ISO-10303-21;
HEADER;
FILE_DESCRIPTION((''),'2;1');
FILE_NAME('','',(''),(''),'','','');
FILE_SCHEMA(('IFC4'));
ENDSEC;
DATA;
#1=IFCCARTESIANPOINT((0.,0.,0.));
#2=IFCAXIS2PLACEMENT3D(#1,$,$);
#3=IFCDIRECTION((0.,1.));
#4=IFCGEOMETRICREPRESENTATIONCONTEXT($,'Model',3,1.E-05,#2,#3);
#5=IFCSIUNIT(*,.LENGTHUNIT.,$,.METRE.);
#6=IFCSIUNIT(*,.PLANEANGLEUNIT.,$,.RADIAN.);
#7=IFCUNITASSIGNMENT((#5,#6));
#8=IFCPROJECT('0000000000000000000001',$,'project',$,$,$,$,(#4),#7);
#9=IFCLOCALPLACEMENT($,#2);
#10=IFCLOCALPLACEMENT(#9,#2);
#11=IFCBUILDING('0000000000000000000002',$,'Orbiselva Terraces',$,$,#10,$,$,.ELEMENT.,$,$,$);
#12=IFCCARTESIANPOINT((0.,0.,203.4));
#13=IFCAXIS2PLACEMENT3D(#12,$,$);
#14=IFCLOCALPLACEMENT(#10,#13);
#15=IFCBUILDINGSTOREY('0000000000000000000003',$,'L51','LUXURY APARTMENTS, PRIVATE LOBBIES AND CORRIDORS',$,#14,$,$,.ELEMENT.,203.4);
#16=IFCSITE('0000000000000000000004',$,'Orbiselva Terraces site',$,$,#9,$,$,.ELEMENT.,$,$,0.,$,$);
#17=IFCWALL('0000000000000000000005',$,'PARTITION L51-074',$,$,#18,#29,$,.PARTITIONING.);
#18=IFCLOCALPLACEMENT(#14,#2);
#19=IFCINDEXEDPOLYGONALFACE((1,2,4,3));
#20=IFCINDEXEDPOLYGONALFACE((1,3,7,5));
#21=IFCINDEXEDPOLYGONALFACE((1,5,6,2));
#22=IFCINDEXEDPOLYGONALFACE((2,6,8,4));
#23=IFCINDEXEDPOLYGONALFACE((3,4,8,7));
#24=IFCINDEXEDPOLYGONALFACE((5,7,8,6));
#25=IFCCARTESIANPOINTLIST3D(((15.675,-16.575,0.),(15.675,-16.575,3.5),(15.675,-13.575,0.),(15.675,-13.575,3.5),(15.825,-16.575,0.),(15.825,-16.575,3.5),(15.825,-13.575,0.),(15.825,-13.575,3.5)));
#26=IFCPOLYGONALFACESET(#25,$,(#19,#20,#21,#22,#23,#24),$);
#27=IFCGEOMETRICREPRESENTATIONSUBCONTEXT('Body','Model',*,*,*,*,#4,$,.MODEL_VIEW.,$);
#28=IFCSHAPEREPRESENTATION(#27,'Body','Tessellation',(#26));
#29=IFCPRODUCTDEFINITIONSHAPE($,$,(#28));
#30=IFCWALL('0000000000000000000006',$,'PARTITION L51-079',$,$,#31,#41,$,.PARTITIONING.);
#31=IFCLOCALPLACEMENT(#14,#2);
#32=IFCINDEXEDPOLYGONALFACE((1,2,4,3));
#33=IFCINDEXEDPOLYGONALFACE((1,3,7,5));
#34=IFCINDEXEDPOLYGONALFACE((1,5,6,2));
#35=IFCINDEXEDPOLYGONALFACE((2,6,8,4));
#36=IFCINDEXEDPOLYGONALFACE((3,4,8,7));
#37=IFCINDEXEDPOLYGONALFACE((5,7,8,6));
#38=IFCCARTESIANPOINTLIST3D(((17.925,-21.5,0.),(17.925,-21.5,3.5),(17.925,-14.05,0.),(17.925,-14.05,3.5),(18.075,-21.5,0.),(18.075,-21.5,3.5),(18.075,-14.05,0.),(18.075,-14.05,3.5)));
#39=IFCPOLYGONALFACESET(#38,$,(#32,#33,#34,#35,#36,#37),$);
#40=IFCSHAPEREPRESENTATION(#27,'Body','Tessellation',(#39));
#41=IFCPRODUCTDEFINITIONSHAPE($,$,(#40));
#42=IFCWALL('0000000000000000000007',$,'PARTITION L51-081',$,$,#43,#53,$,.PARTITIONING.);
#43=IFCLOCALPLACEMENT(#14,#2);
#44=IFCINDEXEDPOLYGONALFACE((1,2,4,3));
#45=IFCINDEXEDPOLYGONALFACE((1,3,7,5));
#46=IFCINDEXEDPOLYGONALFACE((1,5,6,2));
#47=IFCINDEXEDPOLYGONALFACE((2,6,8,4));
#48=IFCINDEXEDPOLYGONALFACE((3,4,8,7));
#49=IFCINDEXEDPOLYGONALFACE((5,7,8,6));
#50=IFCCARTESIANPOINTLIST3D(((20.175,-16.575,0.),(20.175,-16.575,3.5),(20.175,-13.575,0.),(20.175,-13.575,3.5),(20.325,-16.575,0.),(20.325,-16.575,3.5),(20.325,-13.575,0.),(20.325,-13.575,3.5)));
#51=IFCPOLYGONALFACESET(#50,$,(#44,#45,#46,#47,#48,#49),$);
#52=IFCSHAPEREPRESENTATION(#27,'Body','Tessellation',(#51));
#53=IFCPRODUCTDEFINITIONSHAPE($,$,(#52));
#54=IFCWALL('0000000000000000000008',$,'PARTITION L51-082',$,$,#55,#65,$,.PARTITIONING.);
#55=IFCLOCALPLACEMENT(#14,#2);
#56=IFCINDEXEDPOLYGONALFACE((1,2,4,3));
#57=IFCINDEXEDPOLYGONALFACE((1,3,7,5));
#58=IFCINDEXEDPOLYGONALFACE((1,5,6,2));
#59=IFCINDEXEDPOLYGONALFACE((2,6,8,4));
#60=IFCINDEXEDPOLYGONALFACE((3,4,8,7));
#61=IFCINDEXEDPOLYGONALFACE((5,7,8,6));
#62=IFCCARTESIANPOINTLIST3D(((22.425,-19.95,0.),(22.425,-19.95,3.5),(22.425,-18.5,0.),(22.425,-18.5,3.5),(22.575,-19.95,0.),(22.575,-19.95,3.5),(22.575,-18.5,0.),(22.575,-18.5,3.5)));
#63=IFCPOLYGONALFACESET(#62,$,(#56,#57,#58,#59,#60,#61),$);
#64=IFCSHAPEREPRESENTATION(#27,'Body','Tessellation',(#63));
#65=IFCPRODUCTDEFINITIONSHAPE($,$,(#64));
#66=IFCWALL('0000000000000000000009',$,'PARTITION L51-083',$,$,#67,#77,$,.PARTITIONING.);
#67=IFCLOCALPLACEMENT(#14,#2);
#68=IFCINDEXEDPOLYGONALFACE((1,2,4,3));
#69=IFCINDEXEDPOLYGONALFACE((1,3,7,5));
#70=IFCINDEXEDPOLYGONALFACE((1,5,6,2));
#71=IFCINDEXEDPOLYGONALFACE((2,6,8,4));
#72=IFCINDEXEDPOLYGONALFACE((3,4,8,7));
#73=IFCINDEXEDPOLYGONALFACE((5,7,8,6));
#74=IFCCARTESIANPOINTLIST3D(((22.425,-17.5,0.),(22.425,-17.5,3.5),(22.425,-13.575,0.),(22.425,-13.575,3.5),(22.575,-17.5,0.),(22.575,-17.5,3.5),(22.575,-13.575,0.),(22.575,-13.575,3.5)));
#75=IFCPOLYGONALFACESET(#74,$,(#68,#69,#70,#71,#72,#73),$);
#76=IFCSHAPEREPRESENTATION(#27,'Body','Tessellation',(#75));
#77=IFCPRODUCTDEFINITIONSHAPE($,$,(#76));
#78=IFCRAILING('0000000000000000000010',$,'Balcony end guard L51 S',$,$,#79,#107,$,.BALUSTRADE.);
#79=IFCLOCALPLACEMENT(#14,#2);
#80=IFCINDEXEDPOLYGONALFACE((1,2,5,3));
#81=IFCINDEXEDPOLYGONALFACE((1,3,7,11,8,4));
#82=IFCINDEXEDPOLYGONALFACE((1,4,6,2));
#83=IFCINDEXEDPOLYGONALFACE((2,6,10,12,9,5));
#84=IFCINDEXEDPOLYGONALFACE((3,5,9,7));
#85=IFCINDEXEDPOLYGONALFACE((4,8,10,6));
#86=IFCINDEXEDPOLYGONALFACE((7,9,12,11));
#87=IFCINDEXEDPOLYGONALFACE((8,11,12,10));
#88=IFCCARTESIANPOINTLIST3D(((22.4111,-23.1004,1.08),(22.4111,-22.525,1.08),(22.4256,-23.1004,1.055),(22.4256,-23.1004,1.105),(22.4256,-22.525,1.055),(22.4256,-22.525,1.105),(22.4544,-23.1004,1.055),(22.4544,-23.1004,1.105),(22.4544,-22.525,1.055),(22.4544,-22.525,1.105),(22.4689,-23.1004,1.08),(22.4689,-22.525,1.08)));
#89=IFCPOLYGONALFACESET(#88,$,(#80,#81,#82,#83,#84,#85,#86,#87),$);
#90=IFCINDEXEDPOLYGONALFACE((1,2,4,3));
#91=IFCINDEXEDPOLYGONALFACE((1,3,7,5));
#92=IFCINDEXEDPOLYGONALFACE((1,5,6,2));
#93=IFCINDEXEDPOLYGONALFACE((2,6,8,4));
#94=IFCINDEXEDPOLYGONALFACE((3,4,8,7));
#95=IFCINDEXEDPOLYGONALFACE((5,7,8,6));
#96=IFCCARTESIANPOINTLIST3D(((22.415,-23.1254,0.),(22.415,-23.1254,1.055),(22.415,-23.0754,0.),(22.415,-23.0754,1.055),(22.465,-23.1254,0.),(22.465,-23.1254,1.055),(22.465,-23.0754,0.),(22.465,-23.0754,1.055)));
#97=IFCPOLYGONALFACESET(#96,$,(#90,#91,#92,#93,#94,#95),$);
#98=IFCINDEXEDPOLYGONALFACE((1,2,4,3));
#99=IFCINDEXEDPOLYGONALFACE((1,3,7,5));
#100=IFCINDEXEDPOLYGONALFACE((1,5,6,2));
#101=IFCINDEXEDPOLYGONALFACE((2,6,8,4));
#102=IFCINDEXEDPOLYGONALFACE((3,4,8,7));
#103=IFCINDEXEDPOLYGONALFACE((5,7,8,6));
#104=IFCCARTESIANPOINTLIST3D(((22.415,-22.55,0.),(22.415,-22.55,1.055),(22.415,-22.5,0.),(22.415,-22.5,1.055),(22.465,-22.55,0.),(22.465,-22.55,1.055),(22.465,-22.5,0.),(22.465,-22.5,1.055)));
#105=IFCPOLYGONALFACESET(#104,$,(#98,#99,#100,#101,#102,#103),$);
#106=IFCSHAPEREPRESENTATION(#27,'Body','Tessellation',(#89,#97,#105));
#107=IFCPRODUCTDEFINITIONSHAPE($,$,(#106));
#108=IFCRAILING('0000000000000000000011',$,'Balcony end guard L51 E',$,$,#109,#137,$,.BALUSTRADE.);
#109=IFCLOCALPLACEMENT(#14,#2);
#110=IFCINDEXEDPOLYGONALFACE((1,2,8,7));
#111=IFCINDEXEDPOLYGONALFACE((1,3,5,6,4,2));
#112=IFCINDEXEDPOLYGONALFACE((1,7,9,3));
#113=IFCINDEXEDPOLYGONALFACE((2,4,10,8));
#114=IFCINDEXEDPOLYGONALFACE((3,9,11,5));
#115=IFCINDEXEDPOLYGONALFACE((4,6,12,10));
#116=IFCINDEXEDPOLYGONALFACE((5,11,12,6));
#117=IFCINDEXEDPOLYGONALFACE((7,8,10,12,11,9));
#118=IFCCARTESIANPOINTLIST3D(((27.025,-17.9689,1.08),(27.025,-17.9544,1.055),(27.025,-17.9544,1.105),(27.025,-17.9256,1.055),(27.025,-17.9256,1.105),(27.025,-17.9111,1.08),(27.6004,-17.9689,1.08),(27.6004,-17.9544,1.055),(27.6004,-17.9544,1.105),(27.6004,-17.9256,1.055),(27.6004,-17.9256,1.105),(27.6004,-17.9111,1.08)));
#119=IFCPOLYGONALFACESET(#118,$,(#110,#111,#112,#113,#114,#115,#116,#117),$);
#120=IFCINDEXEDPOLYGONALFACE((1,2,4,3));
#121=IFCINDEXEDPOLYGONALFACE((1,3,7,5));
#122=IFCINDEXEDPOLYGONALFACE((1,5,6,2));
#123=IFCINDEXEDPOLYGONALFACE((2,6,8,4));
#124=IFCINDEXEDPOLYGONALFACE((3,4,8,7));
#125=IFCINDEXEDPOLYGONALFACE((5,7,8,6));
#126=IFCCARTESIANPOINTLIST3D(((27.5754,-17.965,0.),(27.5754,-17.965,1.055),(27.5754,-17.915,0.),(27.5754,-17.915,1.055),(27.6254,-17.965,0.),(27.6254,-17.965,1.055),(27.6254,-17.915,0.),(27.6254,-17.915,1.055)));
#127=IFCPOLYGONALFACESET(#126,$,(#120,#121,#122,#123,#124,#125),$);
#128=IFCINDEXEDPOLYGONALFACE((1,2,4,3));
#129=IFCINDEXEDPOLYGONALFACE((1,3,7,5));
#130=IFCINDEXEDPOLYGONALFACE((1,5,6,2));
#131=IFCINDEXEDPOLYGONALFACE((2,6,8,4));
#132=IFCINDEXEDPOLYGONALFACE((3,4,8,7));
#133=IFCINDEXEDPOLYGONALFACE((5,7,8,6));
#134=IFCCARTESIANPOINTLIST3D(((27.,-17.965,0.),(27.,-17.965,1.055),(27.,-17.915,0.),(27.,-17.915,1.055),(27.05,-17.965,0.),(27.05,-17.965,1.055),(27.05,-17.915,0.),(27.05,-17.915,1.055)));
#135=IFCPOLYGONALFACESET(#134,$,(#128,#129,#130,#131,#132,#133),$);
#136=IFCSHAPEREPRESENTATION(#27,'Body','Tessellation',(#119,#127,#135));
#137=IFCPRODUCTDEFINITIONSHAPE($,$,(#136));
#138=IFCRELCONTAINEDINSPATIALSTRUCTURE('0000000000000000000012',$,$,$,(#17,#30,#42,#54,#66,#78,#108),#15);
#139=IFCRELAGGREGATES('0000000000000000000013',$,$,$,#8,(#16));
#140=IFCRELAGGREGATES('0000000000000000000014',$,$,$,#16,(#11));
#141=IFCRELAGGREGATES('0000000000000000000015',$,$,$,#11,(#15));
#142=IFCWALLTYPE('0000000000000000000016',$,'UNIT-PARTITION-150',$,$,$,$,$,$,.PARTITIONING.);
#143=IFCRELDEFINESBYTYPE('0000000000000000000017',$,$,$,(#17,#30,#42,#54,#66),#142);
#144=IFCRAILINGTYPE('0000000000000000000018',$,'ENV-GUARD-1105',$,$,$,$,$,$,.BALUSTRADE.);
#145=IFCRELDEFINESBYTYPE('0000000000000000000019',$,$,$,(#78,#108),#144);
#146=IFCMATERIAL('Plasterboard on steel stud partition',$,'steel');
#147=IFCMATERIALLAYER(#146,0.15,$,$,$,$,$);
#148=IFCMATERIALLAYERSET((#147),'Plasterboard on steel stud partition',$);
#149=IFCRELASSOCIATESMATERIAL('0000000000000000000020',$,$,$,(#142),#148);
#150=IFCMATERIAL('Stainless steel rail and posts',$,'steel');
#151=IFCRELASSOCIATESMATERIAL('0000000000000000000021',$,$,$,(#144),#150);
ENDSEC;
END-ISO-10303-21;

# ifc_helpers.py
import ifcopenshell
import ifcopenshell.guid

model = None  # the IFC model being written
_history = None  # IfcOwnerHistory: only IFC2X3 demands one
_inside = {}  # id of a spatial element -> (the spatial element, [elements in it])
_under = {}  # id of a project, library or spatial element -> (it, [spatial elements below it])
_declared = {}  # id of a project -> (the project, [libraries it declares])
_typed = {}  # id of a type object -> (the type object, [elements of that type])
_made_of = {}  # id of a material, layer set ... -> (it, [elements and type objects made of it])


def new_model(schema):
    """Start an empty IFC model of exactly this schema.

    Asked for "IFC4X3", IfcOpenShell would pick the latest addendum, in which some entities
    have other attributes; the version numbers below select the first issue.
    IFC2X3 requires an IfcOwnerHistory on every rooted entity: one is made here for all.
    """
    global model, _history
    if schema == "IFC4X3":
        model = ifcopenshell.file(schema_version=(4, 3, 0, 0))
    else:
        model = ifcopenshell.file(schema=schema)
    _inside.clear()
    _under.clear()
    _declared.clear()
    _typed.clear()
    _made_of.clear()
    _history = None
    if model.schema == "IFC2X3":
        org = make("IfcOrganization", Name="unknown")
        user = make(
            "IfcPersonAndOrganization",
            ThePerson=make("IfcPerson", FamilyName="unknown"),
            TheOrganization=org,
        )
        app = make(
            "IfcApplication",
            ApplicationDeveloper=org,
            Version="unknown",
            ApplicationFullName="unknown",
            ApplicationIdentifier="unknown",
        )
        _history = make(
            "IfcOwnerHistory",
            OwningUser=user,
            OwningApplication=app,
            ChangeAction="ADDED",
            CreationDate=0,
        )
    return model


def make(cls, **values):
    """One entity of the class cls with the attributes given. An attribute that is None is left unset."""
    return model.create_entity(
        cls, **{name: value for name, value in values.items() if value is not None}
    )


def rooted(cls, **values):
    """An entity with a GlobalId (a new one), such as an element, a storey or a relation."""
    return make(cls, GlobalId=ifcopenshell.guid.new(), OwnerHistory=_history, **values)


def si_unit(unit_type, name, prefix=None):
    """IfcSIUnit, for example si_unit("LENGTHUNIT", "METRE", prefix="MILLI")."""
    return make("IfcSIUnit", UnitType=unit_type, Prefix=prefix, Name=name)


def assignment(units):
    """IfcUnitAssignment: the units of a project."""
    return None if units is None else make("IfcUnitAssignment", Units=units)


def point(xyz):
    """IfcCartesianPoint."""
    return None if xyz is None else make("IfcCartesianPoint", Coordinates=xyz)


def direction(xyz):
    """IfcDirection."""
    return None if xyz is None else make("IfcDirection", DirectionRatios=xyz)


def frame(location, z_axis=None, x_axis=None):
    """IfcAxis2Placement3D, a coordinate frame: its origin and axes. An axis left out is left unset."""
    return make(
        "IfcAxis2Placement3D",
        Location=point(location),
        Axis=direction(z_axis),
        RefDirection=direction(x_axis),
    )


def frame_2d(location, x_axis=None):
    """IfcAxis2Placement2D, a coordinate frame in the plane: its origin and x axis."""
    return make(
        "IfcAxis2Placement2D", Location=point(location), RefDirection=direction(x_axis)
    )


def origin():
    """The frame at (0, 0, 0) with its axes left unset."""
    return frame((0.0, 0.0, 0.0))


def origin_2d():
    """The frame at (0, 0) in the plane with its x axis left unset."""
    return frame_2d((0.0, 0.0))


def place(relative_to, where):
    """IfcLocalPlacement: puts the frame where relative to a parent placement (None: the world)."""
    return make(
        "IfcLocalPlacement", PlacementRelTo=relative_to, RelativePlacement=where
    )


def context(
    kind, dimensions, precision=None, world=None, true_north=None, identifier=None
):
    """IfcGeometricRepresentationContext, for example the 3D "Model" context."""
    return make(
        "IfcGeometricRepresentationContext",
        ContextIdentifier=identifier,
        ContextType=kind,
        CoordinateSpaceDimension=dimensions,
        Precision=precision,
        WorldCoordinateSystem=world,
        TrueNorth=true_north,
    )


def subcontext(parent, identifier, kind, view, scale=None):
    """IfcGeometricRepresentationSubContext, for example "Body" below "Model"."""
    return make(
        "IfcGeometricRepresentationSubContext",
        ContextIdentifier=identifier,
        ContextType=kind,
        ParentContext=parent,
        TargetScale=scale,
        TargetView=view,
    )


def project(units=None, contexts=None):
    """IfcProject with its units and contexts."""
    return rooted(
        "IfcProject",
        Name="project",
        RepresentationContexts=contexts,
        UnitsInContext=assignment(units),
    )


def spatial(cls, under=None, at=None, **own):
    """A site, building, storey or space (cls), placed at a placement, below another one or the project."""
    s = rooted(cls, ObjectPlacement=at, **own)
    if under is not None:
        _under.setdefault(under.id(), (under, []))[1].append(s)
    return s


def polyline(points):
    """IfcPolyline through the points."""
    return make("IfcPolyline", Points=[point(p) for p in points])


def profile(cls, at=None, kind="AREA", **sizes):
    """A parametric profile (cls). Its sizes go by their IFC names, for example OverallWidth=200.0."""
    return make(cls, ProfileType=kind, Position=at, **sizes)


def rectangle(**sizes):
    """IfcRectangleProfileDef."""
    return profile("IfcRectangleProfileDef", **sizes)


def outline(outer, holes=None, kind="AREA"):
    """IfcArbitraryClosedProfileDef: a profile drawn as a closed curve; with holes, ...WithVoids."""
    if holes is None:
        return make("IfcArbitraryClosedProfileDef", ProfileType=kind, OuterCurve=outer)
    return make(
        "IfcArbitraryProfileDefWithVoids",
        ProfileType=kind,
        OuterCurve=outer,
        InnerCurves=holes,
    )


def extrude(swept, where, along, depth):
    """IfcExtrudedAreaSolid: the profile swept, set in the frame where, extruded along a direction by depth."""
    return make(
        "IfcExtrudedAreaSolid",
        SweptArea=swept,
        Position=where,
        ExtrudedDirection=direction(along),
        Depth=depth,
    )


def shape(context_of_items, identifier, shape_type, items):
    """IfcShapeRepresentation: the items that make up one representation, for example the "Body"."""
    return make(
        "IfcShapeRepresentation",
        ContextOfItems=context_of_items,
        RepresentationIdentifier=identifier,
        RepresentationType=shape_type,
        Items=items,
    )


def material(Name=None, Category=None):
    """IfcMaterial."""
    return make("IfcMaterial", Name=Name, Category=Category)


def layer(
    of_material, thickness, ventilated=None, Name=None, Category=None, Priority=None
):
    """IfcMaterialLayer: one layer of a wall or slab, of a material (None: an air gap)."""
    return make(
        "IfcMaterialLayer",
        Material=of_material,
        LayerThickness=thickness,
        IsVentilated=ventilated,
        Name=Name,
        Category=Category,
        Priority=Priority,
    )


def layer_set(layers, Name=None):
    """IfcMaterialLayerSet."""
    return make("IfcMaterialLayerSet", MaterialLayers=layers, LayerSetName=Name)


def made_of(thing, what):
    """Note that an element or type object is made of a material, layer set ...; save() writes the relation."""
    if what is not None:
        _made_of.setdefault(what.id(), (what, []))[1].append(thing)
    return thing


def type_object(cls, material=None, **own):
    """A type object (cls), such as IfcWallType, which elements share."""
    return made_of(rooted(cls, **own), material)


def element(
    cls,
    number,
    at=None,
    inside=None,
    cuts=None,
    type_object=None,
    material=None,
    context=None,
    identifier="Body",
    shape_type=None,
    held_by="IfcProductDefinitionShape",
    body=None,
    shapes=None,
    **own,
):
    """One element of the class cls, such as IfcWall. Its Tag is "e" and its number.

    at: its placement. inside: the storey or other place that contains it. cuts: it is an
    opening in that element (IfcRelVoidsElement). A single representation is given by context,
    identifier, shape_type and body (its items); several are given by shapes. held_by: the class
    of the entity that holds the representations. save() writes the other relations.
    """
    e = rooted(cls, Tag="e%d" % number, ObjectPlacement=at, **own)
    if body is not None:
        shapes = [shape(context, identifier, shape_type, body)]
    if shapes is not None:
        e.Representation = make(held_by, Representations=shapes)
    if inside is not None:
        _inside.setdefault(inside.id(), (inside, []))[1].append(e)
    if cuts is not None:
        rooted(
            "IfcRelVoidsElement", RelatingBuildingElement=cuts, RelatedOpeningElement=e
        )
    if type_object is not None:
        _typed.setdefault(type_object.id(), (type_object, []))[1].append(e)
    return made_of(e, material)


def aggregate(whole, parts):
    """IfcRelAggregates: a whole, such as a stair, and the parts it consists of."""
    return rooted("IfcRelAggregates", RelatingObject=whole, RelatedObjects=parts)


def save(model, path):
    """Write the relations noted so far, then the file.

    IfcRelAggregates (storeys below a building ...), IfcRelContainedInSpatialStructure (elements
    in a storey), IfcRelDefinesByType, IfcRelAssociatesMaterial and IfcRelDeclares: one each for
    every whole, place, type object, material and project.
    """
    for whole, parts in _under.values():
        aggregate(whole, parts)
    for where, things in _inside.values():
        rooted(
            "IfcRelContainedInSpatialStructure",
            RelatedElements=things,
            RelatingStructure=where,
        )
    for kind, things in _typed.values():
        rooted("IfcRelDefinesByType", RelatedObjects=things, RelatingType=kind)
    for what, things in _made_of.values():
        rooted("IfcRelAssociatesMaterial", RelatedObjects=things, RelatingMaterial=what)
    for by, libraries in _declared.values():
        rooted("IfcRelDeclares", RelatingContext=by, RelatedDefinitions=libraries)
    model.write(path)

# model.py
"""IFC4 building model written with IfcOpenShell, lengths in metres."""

from ifc_helpers import new_model, si_unit, direction, frame, frame_2d, origin, origin_2d, place, context, subcontext, project, spatial, polyline, rectangle, outline, extrude, material, layer, layer_set, type_object, element, save


model = new_model("IFC4")

# Units and contexts
model_context = context("Model", 3, precision=1e-05, world=origin(), true_north=direction((0.0, 1.0)))
body_context = subcontext(model_context, "Body", "Model", "MODEL_VIEW")
ifc_project = project(units=[si_unit("LENGTHUNIT", "METRE"), si_unit("PLANEANGLEUNIT", "RADIAN")], contexts=[model_context])

# Site, building, storey
site_placement = place(None, origin())
site = spatial("IfcSite", under=ifc_project, at=site_placement, Name="Orbiselva Terraces site", CompositionType="ELEMENT", RefElevation=0.0)
building_placement = place(site_placement, origin())
building = spatial("IfcBuilding", under=site, at=building_placement, Name="Orbiselva Terraces", CompositionType="ELEMENT")
storey_placement = place(building_placement, frame((0.0, 0.0, 203.4)))
storey = spatial("IfcBuildingStorey", under=building, at=storey_placement, Name="L51", Description="LUXURY APARTMENTS, PRIVATE LOBBIES AND CORRIDORS", CompositionType="ELEMENT", Elevation=203.4)

# Walls
ifc_material_1 = material(Name="Plasterboard on steel stud partition", Category="steel")
ifc_layer_1 = layer(ifc_material_1, 0.15)
ifc_layer_set_1 = layer_set([ifc_layer_1], Name="Plasterboard on steel stud partition")
wall_type_1 = type_object("IfcWallType", Name="UNIT-PARTITION-150", PredefinedType="PARTITIONING", material=ifc_layer_set_1)
wall_1_placement = place(storey_placement, frame((15.75, -16.575, 0.0), z_axis=(0.0, 0.0, 1.0), x_axis=(0.0, 1.0, 0.0)))
element("IfcWall", 1, at=wall_1_placement, inside=storey, type_object=wall_type_1, Name="PARTITION L51-074", PredefinedType="PARTITIONING", context=body_context, shape_type="SweptSolid", body=[
    extrude(rectangle(XDim=3.0, YDim=0.15, at=frame_2d((1.5, 0.0))), origin(), (0.0, 0.0, 1.0), 3.5),
])
wall_2_placement = place(storey_placement, frame((18.0, -21.5, 0.0), z_axis=(0.0, 0.0, 1.0), x_axis=(0.0, 1.0, 0.0)))
element("IfcWall", 2, at=wall_2_placement, inside=storey, type_object=wall_type_1, Name="PARTITION L51-079", PredefinedType="PARTITIONING", context=body_context, shape_type="SweptSolid", body=[
    extrude(rectangle(XDim=7.45, YDim=0.15, at=frame_2d((3.725, 0.0))), origin(), (0.0, 0.0, 1.0), 3.5),
])
wall_3_placement = place(storey_placement, frame((20.25, -16.575, 0.0), z_axis=(0.0, 0.0, 1.0), x_axis=(0.0, 1.0, 0.0)))
element("IfcWall", 3, at=wall_3_placement, inside=storey, type_object=wall_type_1, Name="PARTITION L51-081", PredefinedType="PARTITIONING", context=body_context, shape_type="SweptSolid", body=[
    extrude(rectangle(XDim=3.0, YDim=0.15, at=frame_2d((1.5, 0.0))), origin(), (0.0, 0.0, 1.0), 3.5),
])
wall_4_placement = place(storey_placement, frame((22.5, -19.95, 0.0), z_axis=(0.0, 0.0, 1.0), x_axis=(0.0, 1.0, 0.0)))
element("IfcWall", 4, at=wall_4_placement, inside=storey, type_object=wall_type_1, Name="PARTITION L51-082", PredefinedType="PARTITIONING", context=body_context, shape_type="SweptSolid", body=[
    extrude(rectangle(XDim=1.45, YDim=0.15, at=frame_2d((0.725, 0.0))), origin(), (0.0, 0.0, 1.0), 3.5),
])
wall_5_placement = place(storey_placement, frame((22.5, -17.5, 0.0), z_axis=(0.0, 0.0, 1.0), x_axis=(0.0, 1.0, 0.0)))
element("IfcWall", 5, at=wall_5_placement, inside=storey, type_object=wall_type_1, Name="PARTITION L51-083", PredefinedType="PARTITIONING", context=body_context, shape_type="SweptSolid", body=[
    extrude(rectangle(XDim=3.925, YDim=0.15, at=frame_2d((1.9625, 0.0))), origin(), (0.0, 0.0, 1.0), 3.5),
])

# Railings
ifc_material_2 = material(Name="Stainless steel rail and posts", Category="steel")
railing_type_1 = type_object("IfcRailingType", Name="ENV-GUARD-1105", PredefinedType="BALUSTRADE", material=ifc_material_2)
railing_1_placement = place(storey_placement, frame((22.44, -23.1004, 0.0)))
element("IfcRailing", 6, at=railing_1_placement, inside=storey, type_object=railing_type_1, Name="Balcony end guard L51 S", PredefinedType="BALUSTRADE", context=body_context, shape_type="SweptSolid", body=[
    extrude(outline(polyline([(0.0289, 0.0), (0.0144, 0.025), (-0.0144, 0.025), (-0.0289, 0.0), (-0.0144, -0.025), (0.0144, -0.025), (0.0289, 0.0)])), frame((0.0, 0.0, 1.08), z_axis=(0.0, 1.0, 0.0), x_axis=(-1.0, 0.0, 0.0)), (0.0, 0.0, 1.0), 0.5754),
    extrude(rectangle(XDim=0.05, YDim=0.05, at=origin_2d()), origin(), (0.0, 0.0, 1.0), 1.055),
    extrude(rectangle(XDim=0.05, YDim=0.05, at=origin_2d()), frame((0.0, 0.5754, 0.0)), (0.0, 0.0, 1.0), 1.055),
])
railing_2_placement = place(storey_placement, frame((27.6004, -17.94, 0.0)))
element("IfcRailing", 7, at=railing_2_placement, inside=storey, type_object=railing_type_1, Name="Balcony end guard L51 E", PredefinedType="BALUSTRADE", context=body_context, shape_type="SweptSolid", body=[
    extrude(outline(polyline([(0.0289, 0.0), (0.0144, 0.025), (-0.0144, 0.025), (-0.0289, 0.0), (-0.0144, -0.025), (0.0144, -0.025), (0.0289, 0.0)])), frame((0.0, 0.0, 1.08), z_axis=(-1.0, 0.0, 0.0), x_axis=(0.0, -1.0, 0.0)), (0.0, 0.0, 1.0), 0.5754),
    extrude(rectangle(XDim=0.05, YDim=0.05, at=origin_2d()), origin(), (0.0, 0.0, 1.0), 1.055),
    extrude(rectangle(XDim=0.05, YDim=0.05, at=origin_2d()), frame((-0.5754, 0.0, 0.0)), (0.0, 0.0, 1.0), 1.055),
])

save(model, "model.ifc")
